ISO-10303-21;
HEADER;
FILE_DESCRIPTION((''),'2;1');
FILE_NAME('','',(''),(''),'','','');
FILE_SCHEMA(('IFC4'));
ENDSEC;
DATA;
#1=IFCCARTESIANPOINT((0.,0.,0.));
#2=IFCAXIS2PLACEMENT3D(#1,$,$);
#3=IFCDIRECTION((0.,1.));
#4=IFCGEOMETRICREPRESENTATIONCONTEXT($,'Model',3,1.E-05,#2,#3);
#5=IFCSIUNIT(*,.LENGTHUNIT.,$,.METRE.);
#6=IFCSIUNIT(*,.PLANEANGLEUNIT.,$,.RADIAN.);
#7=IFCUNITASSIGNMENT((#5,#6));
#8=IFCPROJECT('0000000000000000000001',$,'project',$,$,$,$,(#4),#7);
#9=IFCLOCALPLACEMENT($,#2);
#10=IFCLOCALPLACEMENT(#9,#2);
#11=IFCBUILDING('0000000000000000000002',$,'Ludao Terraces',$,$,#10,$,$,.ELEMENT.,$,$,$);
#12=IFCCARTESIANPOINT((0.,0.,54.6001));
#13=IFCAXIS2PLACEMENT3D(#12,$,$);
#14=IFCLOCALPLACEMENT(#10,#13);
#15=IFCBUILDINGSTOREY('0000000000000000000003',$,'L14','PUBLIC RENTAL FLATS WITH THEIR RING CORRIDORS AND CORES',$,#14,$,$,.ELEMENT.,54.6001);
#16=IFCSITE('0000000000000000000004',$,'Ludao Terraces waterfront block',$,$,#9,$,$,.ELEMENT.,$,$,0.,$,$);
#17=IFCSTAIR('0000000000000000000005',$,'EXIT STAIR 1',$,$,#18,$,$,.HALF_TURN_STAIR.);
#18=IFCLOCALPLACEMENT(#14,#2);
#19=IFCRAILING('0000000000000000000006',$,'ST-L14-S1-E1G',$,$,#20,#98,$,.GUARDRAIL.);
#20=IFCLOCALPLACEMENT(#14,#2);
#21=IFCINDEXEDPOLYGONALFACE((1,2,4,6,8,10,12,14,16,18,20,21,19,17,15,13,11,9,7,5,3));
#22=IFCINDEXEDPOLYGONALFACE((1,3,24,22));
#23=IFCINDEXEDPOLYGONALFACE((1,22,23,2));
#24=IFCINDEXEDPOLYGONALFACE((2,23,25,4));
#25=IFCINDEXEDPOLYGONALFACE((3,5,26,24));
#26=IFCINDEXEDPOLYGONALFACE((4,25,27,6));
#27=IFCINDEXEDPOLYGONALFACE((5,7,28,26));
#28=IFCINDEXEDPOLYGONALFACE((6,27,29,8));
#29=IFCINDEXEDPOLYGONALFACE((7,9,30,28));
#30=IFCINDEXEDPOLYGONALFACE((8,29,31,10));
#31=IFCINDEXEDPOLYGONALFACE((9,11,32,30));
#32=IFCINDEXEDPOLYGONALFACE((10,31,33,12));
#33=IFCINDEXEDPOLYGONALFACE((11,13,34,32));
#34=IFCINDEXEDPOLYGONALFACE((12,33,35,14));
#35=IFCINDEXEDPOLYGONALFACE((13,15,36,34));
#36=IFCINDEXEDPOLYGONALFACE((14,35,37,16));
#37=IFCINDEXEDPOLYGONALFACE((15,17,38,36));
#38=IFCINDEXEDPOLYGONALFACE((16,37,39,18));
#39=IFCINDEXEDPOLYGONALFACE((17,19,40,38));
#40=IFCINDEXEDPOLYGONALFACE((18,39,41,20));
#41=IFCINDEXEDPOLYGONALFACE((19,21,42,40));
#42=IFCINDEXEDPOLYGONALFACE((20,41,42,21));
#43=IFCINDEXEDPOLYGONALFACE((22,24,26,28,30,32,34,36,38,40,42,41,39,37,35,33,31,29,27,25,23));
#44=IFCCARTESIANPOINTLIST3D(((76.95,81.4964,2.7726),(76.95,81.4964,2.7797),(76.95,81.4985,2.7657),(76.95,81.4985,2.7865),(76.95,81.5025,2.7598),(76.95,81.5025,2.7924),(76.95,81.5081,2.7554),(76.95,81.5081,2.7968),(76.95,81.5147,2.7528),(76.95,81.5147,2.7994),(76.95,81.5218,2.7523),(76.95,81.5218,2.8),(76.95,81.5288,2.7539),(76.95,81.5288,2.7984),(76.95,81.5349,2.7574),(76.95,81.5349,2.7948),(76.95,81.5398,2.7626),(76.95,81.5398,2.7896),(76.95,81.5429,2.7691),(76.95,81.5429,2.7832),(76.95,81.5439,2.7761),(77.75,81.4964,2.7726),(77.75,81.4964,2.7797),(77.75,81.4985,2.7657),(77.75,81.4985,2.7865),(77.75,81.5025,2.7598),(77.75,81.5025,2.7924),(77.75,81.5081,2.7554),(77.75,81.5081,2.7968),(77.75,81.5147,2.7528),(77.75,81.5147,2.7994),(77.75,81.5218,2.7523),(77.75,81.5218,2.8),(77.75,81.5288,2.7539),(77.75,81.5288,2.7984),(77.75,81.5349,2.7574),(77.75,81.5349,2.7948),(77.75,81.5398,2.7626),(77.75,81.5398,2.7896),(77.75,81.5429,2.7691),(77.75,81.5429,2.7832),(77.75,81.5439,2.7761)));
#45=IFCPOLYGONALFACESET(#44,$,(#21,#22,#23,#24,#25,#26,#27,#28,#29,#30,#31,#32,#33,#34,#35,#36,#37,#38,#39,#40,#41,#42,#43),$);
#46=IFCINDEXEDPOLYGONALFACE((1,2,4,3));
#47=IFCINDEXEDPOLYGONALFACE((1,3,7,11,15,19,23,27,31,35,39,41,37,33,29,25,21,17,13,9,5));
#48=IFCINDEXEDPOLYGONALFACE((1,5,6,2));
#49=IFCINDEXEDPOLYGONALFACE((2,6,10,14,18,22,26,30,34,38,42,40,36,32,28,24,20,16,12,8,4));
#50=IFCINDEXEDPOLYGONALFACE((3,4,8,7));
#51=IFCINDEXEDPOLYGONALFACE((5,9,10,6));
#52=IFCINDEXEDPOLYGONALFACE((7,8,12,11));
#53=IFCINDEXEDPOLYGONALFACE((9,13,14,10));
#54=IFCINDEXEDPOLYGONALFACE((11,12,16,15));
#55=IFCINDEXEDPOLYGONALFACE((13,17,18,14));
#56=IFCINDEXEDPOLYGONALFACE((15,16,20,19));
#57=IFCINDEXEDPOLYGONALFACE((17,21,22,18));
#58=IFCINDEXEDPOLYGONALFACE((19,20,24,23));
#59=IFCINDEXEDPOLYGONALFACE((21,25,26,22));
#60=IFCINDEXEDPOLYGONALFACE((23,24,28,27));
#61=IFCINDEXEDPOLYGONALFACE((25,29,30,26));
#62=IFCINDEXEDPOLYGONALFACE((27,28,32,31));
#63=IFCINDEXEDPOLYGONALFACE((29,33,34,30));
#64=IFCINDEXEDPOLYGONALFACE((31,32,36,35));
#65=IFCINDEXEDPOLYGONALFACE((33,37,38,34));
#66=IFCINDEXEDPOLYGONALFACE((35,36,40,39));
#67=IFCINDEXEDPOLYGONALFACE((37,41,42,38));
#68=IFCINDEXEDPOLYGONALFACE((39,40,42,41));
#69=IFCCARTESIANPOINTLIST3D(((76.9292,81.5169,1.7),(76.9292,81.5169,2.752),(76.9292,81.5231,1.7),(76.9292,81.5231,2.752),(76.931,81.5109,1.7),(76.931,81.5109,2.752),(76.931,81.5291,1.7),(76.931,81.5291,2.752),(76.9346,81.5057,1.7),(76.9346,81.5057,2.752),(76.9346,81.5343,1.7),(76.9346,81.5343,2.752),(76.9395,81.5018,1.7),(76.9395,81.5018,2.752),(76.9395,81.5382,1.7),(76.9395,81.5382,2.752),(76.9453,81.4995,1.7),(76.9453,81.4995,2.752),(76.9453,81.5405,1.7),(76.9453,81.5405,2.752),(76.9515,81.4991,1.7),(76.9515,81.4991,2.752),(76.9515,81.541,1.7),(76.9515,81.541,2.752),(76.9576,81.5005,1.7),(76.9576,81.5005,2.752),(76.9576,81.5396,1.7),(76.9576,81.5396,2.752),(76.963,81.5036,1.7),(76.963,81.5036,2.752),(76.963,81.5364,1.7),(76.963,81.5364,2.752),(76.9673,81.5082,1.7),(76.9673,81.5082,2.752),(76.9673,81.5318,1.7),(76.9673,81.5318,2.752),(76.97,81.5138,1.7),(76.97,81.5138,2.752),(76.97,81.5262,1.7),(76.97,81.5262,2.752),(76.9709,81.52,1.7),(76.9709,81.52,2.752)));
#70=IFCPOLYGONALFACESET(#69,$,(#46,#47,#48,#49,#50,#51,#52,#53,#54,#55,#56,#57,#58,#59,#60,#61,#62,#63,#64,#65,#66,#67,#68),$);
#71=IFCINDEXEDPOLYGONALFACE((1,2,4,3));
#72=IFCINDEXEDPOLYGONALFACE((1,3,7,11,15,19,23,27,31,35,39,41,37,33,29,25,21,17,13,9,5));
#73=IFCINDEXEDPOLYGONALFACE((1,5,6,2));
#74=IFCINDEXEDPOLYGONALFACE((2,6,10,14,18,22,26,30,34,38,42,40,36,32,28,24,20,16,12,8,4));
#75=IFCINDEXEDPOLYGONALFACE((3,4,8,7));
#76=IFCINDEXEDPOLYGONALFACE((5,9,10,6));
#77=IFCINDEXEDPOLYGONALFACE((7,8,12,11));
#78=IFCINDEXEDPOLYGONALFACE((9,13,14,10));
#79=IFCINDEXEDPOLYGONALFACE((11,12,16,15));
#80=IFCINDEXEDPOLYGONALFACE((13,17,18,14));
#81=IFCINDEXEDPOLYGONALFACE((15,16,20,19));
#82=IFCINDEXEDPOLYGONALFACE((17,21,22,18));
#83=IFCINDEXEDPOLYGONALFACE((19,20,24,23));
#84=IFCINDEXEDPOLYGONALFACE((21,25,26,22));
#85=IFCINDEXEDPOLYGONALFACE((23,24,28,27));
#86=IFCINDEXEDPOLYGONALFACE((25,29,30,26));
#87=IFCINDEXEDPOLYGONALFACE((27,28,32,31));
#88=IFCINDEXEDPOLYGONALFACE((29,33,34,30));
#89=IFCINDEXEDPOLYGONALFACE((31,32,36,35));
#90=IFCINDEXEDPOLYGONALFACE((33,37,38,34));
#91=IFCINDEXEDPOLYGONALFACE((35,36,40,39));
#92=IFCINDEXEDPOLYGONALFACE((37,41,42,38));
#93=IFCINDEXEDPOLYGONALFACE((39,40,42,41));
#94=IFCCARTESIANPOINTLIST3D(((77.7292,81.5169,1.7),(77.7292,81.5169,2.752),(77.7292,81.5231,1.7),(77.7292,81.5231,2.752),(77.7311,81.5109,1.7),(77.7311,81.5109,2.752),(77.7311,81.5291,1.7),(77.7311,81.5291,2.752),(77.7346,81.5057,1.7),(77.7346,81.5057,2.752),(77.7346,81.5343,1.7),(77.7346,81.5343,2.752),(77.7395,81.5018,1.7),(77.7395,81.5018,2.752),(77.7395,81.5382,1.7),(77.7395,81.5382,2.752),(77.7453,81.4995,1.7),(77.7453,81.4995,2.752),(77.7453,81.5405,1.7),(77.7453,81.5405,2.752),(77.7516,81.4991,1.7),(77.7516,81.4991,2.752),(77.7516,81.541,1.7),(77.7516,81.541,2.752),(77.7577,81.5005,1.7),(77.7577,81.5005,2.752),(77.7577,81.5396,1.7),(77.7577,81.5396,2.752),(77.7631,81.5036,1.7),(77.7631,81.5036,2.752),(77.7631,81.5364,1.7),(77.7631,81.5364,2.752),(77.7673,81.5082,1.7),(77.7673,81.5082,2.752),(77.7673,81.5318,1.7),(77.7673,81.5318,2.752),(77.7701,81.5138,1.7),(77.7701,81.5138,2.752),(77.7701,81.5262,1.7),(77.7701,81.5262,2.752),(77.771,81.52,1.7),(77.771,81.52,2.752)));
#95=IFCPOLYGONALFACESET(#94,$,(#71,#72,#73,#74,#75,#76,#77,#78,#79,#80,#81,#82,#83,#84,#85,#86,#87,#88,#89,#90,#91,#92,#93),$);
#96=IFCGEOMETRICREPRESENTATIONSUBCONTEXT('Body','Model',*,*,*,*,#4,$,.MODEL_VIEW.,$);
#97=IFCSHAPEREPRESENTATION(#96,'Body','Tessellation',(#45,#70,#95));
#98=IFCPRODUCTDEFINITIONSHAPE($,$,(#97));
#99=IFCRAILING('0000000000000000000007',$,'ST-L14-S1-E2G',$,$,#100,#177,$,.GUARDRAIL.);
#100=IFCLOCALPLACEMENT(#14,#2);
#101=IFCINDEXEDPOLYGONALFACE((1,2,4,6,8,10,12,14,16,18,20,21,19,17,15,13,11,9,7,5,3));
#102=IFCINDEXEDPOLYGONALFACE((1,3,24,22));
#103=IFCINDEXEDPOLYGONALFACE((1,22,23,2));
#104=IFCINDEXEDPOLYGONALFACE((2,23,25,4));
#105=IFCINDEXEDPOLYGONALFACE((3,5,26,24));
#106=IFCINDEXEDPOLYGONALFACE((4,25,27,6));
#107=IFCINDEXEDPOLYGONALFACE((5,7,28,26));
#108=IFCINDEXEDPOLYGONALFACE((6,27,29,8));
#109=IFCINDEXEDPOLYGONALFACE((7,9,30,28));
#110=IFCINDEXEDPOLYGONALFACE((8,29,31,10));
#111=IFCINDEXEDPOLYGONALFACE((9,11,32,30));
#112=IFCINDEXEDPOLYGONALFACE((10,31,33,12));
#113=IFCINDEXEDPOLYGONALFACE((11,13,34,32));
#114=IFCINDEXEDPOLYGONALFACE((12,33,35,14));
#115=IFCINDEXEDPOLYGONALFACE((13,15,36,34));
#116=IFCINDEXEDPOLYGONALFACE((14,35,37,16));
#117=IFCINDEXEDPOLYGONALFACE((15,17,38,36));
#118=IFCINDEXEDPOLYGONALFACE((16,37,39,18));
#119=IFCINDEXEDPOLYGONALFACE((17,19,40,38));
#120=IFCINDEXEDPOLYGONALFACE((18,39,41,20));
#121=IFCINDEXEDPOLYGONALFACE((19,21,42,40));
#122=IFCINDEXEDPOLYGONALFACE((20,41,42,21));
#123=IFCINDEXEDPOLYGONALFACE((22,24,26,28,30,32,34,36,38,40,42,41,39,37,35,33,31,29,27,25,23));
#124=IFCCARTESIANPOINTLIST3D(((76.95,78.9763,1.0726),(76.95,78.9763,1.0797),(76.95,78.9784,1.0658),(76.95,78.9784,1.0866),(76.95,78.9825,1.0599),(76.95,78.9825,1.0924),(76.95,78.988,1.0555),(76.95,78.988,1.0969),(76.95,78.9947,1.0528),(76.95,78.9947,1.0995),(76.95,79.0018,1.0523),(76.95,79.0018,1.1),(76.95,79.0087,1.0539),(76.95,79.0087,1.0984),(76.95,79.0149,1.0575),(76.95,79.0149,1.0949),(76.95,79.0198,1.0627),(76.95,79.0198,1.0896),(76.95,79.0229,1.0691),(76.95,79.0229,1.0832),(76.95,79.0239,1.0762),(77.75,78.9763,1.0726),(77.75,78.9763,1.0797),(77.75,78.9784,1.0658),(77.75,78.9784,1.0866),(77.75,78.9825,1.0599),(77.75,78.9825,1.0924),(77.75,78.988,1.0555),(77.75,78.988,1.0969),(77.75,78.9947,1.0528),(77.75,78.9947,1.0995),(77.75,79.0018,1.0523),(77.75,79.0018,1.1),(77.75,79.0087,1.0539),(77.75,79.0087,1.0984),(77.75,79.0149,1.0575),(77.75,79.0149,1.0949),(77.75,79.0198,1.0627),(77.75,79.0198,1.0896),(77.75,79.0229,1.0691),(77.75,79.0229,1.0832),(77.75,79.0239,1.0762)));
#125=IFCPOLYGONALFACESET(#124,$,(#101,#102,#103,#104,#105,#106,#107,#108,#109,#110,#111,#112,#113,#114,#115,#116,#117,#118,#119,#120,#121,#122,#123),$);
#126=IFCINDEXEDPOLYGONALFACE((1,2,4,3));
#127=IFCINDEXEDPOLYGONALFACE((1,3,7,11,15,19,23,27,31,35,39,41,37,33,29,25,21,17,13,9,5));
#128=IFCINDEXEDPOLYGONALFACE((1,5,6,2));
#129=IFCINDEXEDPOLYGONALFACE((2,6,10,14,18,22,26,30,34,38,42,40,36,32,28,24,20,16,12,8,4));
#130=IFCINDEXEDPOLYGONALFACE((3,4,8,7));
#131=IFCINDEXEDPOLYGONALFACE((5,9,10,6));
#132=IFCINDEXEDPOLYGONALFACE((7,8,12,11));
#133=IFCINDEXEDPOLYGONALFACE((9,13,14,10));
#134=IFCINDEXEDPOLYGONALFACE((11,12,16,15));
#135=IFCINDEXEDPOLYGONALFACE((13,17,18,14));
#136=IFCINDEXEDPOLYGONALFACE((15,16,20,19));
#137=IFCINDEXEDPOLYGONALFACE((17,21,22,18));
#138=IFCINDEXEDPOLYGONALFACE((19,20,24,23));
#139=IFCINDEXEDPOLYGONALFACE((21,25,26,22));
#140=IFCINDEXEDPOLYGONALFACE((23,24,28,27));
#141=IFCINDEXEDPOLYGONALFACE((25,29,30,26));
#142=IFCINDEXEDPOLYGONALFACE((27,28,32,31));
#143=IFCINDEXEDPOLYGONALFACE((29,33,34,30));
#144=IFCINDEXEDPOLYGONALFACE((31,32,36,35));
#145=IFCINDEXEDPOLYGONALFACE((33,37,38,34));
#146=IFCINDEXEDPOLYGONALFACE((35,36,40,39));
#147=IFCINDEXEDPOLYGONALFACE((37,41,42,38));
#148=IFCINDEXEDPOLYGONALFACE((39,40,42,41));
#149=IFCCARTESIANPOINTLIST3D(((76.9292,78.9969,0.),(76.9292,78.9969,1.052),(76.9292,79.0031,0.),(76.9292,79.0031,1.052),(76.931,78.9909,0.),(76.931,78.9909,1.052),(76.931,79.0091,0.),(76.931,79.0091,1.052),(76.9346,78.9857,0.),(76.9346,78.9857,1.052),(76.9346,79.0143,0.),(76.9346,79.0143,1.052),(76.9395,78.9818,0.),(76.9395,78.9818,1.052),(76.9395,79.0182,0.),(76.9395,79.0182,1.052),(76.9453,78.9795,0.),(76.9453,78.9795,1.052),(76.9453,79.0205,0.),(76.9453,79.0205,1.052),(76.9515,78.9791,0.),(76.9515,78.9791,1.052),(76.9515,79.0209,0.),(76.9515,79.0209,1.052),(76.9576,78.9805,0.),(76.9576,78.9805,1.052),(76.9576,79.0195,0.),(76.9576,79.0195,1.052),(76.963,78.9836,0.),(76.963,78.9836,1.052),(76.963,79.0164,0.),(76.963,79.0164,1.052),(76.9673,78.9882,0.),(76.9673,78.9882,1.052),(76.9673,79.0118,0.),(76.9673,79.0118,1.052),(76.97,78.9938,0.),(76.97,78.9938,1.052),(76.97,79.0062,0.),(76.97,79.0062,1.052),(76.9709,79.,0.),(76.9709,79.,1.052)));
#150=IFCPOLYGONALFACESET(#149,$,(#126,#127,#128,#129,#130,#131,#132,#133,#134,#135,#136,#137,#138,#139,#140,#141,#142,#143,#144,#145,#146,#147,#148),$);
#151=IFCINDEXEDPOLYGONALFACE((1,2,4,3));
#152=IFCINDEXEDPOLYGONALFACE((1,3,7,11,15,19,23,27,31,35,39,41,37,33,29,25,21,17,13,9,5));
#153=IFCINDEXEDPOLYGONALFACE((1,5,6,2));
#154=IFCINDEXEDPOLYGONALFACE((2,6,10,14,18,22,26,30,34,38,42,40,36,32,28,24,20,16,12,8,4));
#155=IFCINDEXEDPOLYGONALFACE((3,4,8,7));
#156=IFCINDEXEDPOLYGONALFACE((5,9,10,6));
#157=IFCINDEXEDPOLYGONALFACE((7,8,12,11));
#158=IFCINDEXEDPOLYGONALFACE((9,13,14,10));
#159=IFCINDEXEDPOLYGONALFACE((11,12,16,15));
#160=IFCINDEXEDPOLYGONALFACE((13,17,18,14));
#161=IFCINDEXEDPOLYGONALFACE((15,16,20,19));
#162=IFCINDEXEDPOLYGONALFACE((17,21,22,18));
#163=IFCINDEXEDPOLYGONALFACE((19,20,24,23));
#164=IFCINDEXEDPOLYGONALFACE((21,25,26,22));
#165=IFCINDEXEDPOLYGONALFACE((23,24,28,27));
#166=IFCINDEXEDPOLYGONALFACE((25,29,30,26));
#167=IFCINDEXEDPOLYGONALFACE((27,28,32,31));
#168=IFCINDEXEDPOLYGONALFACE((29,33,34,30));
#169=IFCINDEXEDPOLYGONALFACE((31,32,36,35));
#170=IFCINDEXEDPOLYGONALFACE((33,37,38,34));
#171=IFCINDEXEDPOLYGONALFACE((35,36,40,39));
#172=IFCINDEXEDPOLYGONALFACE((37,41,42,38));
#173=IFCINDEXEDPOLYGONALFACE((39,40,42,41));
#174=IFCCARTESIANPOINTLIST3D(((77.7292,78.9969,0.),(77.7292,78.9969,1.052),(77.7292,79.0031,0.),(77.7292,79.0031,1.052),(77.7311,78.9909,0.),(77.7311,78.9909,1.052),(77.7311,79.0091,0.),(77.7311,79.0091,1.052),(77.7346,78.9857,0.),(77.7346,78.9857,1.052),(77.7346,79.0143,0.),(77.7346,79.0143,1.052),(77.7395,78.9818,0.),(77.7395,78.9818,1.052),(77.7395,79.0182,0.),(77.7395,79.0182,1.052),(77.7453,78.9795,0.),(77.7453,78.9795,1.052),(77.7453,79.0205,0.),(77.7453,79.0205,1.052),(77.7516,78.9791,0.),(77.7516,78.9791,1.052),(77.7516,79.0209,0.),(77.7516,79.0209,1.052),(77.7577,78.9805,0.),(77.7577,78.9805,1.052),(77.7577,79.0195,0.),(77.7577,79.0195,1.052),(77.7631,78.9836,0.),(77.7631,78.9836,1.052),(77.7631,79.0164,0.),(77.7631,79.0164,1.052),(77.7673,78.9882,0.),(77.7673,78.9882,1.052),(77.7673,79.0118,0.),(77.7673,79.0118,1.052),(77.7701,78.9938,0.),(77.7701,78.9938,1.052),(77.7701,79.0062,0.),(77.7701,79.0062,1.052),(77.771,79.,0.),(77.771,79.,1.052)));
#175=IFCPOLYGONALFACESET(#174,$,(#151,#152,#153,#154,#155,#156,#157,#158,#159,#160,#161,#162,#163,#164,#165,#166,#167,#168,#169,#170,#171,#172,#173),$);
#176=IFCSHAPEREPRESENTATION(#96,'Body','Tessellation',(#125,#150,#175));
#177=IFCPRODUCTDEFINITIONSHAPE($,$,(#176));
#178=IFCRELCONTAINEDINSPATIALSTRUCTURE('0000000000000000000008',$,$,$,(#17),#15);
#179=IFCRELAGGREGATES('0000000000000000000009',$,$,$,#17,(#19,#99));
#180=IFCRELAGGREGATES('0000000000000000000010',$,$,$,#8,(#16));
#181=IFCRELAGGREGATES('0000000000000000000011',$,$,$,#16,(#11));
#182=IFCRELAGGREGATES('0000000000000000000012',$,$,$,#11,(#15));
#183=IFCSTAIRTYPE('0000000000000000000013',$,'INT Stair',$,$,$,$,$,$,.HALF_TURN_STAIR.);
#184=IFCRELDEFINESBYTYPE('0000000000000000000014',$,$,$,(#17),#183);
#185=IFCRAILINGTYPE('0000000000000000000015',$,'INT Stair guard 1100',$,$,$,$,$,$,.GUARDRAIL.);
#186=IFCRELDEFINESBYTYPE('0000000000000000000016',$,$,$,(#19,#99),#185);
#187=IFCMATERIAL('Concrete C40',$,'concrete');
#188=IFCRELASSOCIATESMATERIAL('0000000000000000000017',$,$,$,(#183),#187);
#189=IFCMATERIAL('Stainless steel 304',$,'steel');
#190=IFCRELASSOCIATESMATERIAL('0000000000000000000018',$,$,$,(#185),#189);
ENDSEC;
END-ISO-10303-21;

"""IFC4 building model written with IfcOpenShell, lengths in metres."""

from ifc_helpers import new_model, si_unit, direction, frame, origin, origin_2d, place, context, subcontext, project, spatial, circle, extrude, material, type_object, element, aggregate, save


model = new_model("IFC4")

# Units and contexts
model_context = context("Model", 3, precision=1e-05, world=origin(), true_north=direction((0.0, 1.0)))
body_context = subcontext(model_context, "Body", "Model", "MODEL_VIEW")
ifc_project = project(units=[si_unit("LENGTHUNIT", "METRE"), si_unit("PLANEANGLEUNIT", "RADIAN")], contexts=[model_context])

# Site, building, storey
site_placement = place(None, origin())
site = spatial("IfcSite", under=ifc_project, at=site_placement, Name="Ludao Terraces waterfront block", CompositionType="ELEMENT", RefElevation=0.0)
building_placement = place(site_placement, origin())
building = spatial("IfcBuilding", under=site, at=building_placement, Name="Ludao Terraces", CompositionType="ELEMENT")
storey_placement = place(building_placement, frame((0.0, 0.0, 54.6001)))
storey = spatial("IfcBuildingStorey", under=building, at=storey_placement, Name="L14", Description="PUBLIC RENTAL FLATS WITH THEIR RING CORRIDORS AND CORES", CompositionType="ELEMENT", Elevation=54.6001)

# Shared definitions
ifc_material_1 = material(Name="Concrete C40", Category="concrete")

# Shared definitions
ifc_material_2 = material(Name="Stainless steel 304", Category="steel")

# Stair, railings
stair_type = type_object("IfcStairType", Name="INT Stair", PredefinedType="HALF_TURN_STAIR", material=ifc_material_1)
stair_placement = place(storey_placement, origin())
stair = element("IfcStair", 1, at=stair_placement, inside=storey, type_object=stair_type, Name="EXIT STAIR 1", PredefinedType="HALF_TURN_STAIR")
railing_type_1 = type_object("IfcRailingType", Name="INT Stair guard 1100", PredefinedType="GUARDRAIL", material=ifc_material_2)
railing_1_placement = place(storey_placement, frame((76.95, 81.52, 1.7)))
railing_1 = element("IfcRailing", 2, at=railing_1_placement, type_object=railing_type_1, Name="ST-L14-S1-E1G", PredefinedType="GUARDRAIL", context=body_context, shape_type="SweptSolid", body=[
    extrude(circle(Radius=0.0239, at=origin_2d()), frame((0.0, 0.0, 1.0762), z_axis=(1.0, 0.0, 0.0), x_axis=(0.0, 1.0, 0.0)), (0.0, 0.0, 1.0), 0.8),
    extrude(circle(Radius=0.021, at=origin_2d()), origin(), (0.0, 0.0, 1.0), 1.052),
    extrude(circle(Radius=0.021, at=origin_2d()), frame((0.8, 0.0, 0.0)), (0.0, 0.0, 1.0), 1.052),
])
railing_2_placement = place(storey_placement, frame((76.95, 79.0, 0.0)))
railing_2 = element("IfcRailing", 3, at=railing_2_placement, type_object=railing_type_1, Name="ST-L14-S1-E2G", PredefinedType="GUARDRAIL", context=body_context, shape_type="SweptSolid", body=[
    extrude(circle(Radius=0.0239, at=origin_2d()), frame((0.0, 0.0, 1.0762), z_axis=(1.0, 0.0, 0.0), x_axis=(0.0, 1.0, 0.0)), (0.0, 0.0, 1.0), 0.8),
    extrude(circle(Radius=0.021, at=origin_2d()), origin(), (0.0, 0.0, 1.0), 1.052),
    extrude(circle(Radius=0.021, at=origin_2d()), frame((0.8, 0.0, 0.0)), (0.0, 0.0, 1.0), 1.052),
])
aggregate(stair, [railing_1, railing_2])

save(model, "model.ifc")
